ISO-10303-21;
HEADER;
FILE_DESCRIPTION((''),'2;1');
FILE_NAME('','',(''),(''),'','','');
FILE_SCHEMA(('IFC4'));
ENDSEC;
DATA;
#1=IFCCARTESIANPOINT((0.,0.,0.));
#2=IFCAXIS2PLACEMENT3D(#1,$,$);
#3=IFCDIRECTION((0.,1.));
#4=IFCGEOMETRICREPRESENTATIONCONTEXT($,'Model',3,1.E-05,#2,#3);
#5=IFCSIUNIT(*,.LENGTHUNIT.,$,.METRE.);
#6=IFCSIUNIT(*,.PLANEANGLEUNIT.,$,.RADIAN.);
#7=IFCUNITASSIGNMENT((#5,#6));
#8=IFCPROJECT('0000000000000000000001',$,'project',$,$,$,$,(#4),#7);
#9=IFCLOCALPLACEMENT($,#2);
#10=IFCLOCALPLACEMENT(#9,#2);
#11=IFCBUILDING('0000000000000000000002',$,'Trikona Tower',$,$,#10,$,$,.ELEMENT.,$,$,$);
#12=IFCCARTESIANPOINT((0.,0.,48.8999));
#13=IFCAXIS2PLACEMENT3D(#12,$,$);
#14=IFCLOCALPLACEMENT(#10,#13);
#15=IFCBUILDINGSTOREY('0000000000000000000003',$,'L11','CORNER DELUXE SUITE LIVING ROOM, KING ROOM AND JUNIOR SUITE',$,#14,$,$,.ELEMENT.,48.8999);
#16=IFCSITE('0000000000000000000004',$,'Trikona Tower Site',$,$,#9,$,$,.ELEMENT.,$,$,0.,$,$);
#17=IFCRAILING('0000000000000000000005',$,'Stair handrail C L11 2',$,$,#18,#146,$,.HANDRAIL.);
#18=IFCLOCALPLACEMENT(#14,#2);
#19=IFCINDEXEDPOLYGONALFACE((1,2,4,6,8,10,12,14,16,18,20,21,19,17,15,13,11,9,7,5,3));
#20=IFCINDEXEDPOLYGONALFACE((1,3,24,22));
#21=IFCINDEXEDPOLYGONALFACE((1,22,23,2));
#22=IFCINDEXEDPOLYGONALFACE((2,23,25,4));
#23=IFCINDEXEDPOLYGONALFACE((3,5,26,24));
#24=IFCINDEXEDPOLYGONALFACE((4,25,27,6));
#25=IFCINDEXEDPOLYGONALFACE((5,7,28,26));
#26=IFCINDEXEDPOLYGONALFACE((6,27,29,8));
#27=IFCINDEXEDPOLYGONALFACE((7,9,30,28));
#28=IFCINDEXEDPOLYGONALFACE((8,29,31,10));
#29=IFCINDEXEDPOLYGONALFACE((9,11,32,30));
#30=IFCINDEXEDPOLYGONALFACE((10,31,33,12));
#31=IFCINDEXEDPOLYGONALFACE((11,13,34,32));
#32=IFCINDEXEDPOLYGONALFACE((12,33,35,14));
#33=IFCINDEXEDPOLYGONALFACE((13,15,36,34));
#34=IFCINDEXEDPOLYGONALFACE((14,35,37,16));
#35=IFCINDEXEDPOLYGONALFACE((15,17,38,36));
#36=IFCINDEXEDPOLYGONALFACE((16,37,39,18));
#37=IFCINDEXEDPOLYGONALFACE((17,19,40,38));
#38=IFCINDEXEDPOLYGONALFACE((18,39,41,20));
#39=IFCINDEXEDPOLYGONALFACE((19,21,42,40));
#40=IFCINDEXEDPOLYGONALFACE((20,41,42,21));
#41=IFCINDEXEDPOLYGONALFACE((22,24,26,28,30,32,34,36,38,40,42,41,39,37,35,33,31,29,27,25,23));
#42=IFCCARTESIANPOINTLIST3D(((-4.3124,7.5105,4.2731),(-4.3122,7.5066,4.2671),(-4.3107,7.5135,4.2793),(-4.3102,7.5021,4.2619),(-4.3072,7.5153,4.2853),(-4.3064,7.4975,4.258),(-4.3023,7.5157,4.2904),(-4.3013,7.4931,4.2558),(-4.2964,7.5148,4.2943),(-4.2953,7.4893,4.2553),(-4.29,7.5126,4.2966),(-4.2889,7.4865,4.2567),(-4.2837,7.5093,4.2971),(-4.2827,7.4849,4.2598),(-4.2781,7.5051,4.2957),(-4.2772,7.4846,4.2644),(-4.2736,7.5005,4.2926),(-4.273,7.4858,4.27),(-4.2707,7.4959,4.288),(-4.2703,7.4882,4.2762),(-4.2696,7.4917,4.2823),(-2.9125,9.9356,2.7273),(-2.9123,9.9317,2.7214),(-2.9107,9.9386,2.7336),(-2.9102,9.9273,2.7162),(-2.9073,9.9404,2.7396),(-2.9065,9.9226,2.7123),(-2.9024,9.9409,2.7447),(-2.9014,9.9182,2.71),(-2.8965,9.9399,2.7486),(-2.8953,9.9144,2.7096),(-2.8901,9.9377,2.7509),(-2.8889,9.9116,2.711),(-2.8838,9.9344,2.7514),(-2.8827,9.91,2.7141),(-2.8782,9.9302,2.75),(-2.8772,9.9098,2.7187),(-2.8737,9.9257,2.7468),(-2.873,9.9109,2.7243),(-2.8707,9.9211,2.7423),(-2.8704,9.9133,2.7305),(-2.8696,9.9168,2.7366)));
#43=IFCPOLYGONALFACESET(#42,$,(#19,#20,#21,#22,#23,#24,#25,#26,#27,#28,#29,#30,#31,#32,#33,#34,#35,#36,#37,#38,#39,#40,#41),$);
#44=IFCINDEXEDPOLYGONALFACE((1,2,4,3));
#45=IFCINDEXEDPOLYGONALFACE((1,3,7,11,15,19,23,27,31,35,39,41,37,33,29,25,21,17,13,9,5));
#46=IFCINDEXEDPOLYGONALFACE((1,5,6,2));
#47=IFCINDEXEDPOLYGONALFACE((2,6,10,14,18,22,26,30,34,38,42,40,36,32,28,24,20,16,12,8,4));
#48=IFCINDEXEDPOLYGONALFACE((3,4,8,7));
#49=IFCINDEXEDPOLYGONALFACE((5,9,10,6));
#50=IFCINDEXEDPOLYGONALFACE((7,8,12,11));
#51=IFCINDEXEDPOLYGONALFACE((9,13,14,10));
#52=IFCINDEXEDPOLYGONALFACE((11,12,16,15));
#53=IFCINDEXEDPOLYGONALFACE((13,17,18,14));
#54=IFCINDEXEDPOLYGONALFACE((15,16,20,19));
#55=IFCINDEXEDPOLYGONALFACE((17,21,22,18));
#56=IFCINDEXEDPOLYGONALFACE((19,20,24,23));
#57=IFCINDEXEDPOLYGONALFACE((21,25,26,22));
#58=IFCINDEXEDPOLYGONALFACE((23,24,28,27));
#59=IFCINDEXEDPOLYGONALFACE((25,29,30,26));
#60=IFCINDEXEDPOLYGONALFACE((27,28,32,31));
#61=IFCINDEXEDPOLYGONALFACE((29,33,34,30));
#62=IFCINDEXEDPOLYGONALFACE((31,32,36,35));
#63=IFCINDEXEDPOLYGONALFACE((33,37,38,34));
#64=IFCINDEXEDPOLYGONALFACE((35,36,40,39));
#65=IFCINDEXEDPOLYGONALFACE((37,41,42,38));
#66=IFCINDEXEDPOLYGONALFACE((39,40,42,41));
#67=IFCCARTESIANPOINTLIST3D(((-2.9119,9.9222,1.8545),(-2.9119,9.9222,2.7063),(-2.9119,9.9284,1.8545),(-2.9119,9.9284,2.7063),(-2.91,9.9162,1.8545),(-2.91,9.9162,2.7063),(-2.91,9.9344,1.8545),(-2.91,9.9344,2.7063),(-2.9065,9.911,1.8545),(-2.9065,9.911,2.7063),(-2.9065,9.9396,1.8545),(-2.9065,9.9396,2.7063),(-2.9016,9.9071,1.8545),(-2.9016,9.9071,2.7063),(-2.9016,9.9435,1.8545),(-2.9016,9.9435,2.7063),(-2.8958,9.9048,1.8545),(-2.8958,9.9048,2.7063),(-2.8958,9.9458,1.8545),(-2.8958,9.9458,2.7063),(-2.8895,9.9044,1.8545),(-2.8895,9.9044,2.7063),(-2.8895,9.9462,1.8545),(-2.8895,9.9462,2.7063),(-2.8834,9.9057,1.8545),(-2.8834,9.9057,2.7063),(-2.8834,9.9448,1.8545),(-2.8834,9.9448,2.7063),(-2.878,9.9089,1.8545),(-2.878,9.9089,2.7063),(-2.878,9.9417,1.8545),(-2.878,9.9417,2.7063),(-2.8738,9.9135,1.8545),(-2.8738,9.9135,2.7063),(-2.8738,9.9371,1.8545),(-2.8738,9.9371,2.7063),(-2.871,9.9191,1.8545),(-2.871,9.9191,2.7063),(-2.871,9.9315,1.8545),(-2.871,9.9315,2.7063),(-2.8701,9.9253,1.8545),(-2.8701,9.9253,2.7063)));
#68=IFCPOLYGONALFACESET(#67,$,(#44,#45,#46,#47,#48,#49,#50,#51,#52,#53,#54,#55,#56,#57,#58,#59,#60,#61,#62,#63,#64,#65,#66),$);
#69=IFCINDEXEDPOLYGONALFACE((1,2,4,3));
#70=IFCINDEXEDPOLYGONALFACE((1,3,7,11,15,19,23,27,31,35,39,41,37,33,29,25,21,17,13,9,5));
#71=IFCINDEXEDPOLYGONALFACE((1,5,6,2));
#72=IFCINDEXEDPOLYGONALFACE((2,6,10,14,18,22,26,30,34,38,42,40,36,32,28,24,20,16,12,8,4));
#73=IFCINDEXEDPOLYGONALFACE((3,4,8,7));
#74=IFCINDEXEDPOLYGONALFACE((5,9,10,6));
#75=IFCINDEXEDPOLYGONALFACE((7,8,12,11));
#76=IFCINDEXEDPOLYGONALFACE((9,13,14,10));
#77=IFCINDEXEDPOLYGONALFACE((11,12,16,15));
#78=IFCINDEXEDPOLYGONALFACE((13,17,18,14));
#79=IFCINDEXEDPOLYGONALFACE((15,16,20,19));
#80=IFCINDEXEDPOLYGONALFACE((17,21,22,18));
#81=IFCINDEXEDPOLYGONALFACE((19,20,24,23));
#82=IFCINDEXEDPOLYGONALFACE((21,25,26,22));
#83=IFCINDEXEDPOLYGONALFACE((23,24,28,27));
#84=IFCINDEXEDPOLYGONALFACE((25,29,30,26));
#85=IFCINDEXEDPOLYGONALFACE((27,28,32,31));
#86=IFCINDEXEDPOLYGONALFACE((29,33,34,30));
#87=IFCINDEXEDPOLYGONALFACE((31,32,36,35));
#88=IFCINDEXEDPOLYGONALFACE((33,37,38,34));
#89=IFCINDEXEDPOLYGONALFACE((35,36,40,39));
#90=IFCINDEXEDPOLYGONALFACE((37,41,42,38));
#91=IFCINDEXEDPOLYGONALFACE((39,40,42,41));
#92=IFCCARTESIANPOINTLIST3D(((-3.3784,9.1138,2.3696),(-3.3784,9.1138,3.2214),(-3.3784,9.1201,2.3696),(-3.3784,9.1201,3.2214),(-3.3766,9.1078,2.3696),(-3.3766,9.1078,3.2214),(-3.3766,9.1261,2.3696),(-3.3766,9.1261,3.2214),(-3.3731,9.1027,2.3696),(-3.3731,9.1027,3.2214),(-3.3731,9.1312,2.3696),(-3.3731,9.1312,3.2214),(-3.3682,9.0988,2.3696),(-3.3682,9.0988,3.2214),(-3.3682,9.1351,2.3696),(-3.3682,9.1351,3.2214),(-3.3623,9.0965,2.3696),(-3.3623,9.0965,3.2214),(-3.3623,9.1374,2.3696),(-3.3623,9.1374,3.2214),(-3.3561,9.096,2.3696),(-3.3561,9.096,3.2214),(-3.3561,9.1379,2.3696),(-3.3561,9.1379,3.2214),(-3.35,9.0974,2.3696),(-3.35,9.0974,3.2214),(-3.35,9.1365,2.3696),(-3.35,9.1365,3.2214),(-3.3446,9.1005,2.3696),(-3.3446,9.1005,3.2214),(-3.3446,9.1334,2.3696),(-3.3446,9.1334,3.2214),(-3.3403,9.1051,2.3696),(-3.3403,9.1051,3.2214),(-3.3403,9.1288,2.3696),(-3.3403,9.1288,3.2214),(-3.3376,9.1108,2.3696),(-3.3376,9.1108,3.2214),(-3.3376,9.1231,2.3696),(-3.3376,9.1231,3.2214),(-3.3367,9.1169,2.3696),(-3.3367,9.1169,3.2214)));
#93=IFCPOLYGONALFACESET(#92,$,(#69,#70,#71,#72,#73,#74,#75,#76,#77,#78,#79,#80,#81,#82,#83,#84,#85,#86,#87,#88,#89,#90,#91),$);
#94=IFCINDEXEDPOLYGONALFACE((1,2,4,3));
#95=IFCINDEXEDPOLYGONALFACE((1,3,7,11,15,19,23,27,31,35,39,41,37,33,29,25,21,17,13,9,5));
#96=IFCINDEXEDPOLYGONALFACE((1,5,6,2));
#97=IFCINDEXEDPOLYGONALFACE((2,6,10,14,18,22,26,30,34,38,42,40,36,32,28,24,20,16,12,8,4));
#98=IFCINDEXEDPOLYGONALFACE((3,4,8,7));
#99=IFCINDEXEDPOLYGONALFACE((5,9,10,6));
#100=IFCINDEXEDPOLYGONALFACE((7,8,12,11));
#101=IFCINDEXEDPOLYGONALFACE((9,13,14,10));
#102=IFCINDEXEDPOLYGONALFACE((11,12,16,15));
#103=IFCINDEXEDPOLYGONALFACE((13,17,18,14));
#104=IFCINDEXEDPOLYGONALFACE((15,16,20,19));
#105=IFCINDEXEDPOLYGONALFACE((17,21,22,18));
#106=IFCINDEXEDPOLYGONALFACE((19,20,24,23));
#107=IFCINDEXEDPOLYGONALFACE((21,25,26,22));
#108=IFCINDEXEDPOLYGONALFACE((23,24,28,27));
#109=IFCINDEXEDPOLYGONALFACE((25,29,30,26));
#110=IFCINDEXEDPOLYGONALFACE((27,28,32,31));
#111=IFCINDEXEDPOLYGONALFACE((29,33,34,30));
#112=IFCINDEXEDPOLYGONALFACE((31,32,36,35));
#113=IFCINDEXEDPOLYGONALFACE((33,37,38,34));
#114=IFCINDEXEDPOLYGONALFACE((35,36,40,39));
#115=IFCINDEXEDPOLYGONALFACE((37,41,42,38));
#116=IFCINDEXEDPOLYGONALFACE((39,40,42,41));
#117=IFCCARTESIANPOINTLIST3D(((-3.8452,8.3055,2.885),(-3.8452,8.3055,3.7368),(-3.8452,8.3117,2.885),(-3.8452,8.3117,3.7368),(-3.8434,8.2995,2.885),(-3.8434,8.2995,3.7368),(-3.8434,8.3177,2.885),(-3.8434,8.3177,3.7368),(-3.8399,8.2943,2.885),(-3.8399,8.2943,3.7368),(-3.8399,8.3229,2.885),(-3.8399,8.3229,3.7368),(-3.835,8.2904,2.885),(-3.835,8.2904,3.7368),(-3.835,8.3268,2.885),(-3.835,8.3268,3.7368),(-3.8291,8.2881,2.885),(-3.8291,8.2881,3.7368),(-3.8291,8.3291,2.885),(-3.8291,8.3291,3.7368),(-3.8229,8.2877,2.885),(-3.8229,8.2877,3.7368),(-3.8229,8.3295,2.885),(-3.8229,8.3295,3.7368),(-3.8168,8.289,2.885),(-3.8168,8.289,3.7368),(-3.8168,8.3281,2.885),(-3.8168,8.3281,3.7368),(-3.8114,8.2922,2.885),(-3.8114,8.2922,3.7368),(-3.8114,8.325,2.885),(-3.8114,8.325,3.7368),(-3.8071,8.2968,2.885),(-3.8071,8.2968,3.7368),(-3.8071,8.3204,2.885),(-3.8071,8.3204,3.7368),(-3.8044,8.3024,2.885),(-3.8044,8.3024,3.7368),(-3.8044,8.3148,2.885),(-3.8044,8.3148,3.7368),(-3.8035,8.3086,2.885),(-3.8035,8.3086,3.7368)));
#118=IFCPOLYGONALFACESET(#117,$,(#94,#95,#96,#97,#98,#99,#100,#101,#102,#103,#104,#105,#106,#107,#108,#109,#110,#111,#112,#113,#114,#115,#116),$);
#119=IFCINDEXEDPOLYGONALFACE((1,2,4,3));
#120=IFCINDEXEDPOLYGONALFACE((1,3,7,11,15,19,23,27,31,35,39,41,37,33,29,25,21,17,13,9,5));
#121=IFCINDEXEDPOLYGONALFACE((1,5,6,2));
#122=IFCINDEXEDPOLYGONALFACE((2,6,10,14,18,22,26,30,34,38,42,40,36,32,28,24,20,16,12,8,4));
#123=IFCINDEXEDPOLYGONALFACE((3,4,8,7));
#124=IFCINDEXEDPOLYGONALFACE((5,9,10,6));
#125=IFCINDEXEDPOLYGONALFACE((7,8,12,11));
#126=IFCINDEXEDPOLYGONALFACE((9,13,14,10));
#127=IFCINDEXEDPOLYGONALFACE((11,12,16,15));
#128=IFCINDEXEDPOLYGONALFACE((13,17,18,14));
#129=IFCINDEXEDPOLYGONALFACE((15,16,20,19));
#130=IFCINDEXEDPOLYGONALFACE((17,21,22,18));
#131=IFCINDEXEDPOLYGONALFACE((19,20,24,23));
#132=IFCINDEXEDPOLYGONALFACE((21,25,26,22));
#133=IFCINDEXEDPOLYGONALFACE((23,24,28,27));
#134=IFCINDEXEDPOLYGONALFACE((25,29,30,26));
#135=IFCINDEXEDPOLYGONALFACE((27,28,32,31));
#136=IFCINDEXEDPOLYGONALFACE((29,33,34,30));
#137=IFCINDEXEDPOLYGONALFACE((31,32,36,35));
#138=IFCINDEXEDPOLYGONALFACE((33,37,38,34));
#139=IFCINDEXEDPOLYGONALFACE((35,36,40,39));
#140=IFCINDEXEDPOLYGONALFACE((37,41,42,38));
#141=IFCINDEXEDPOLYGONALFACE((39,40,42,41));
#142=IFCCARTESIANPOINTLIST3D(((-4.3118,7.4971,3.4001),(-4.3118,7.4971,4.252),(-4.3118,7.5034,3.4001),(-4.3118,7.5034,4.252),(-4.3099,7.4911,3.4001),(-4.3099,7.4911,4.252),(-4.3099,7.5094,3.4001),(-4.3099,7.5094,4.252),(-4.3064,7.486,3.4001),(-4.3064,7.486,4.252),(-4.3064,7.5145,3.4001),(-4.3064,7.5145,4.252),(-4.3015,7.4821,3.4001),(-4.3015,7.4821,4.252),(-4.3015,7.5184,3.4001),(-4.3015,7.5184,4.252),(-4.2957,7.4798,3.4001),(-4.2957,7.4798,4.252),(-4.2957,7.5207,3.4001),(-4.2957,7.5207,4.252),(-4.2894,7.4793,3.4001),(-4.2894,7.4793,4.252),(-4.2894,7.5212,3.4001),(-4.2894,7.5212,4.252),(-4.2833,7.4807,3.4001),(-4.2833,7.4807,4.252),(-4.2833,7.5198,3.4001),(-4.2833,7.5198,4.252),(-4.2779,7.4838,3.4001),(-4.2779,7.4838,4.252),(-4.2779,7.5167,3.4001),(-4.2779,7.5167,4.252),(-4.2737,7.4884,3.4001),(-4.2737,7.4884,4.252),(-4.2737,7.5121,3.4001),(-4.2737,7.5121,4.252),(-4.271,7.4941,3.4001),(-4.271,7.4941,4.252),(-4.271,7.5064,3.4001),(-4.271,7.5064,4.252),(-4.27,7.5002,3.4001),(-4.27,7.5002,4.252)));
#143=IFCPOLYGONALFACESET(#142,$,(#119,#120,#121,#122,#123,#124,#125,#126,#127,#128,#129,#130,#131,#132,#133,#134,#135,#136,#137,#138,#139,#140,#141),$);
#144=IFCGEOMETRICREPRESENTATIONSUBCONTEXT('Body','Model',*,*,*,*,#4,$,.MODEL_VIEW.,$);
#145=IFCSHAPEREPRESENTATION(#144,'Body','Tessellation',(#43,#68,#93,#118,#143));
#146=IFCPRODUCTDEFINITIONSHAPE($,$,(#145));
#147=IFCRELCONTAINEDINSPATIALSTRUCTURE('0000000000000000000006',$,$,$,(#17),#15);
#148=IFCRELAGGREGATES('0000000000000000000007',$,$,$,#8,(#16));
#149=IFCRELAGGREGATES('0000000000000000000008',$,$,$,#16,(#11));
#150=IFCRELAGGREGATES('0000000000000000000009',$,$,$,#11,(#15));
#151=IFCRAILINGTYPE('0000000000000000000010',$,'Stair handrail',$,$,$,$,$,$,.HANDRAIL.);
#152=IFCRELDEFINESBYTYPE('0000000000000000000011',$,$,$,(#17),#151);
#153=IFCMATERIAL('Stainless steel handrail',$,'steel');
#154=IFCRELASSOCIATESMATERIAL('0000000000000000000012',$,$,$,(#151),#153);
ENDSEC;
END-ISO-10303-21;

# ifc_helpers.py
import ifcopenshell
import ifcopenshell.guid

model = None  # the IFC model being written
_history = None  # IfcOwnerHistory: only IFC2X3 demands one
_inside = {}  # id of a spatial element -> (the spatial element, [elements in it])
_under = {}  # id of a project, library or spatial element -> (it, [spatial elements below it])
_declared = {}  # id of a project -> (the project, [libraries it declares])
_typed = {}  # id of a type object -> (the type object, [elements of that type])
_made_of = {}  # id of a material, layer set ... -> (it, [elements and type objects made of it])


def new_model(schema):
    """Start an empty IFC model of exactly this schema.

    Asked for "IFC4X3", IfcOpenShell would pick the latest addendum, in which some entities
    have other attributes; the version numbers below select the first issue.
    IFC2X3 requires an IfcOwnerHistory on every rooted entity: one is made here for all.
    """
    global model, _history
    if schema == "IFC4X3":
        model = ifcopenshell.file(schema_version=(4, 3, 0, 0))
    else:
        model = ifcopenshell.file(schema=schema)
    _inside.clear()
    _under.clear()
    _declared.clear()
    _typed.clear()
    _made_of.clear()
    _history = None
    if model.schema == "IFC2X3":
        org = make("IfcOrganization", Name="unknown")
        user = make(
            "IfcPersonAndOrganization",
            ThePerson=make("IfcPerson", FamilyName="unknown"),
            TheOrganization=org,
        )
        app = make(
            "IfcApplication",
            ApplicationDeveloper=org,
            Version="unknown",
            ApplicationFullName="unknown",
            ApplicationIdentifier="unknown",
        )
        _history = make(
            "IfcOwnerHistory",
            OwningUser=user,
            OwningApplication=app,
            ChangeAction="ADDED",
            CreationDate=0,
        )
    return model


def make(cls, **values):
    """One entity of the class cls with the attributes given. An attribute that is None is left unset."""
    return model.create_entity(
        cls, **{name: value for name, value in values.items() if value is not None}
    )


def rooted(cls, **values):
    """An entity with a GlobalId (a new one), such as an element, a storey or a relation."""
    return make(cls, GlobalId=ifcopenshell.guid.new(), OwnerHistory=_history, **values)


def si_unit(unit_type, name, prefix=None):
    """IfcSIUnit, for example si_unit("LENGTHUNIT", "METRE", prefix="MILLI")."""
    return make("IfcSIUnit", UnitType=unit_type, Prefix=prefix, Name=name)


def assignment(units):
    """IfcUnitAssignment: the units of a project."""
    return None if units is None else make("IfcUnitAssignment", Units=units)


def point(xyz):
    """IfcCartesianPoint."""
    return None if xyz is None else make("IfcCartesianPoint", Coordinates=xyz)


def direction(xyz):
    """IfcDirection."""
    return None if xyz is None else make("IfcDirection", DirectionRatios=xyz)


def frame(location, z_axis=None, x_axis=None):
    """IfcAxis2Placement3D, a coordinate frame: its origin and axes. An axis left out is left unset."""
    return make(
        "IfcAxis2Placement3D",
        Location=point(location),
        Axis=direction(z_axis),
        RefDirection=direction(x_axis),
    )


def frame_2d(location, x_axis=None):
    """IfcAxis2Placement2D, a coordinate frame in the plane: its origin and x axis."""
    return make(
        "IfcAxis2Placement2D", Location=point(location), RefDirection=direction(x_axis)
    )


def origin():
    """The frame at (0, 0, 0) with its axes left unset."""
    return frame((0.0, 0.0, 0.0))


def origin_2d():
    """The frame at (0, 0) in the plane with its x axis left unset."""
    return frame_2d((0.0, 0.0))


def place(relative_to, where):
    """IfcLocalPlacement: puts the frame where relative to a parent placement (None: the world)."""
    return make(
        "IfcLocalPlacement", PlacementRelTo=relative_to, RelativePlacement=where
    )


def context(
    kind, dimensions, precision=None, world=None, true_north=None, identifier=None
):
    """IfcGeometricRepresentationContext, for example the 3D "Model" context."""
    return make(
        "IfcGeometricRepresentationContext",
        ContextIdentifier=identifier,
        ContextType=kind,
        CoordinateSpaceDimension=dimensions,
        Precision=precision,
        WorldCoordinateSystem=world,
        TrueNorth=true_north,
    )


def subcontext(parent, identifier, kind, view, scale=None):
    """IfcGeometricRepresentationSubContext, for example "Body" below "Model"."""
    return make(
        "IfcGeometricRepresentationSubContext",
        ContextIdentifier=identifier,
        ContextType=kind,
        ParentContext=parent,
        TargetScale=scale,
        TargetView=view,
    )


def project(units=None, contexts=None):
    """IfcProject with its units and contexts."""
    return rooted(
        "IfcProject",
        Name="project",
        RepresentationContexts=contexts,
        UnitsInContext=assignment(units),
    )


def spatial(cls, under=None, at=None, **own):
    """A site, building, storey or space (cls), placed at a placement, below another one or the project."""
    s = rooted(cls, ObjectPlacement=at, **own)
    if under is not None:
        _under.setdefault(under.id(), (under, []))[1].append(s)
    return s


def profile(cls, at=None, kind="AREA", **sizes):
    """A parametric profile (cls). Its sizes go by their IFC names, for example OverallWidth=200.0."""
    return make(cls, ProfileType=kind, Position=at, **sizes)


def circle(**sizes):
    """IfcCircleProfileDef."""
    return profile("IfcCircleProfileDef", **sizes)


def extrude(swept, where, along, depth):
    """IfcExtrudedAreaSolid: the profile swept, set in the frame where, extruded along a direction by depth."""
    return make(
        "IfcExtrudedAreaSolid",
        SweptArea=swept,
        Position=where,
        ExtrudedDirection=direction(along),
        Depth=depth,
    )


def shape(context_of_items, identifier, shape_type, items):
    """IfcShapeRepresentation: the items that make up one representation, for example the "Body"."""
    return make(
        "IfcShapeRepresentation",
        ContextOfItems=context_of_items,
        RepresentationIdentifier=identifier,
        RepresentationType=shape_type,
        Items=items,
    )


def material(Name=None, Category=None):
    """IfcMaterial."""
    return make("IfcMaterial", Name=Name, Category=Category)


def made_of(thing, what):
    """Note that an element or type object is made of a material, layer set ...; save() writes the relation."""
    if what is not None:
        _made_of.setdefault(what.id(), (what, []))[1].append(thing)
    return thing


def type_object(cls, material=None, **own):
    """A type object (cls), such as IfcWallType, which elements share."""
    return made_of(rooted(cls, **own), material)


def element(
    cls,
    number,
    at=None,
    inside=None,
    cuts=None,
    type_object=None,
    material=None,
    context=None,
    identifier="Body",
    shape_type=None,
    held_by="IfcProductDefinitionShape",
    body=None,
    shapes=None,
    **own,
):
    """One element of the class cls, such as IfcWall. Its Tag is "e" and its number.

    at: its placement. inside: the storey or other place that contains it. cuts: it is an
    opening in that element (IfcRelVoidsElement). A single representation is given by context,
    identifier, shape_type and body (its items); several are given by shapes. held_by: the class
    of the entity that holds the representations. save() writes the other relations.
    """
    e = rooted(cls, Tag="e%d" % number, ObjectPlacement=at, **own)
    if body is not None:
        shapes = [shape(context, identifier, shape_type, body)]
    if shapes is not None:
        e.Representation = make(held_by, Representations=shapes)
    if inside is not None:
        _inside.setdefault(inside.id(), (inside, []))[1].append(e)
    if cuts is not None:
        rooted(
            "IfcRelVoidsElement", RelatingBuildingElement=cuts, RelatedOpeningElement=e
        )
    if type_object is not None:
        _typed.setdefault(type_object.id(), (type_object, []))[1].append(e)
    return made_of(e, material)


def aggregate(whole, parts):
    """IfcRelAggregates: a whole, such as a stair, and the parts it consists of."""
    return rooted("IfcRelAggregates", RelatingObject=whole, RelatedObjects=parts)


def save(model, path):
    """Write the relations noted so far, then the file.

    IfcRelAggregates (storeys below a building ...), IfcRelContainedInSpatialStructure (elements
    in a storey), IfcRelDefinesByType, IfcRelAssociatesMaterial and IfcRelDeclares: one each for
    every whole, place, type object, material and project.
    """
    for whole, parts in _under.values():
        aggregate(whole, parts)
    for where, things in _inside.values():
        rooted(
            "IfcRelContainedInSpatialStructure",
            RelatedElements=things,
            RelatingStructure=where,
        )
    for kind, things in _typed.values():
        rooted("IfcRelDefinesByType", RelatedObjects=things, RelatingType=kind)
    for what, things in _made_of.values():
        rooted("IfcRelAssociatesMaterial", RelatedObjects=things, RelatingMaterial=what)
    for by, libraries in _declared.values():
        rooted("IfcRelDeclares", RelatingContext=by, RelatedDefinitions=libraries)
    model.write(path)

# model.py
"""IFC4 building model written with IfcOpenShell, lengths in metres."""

from ifc_helpers import new_model, si_unit, direction, frame, origin, origin_2d, place, context, subcontext, project, spatial, circle, extrude, material, type_object, element, save


model = new_model("IFC4")

# Units and contexts
model_context = context("Model", 3, precision=1e-05, world=origin(), true_north=direction((0.0, 1.0)))
body_context = subcontext(model_context, "Body", "Model", "MODEL_VIEW")
ifc_project = project(units=[si_unit("LENGTHUNIT", "METRE"), si_unit("PLANEANGLEUNIT", "RADIAN")], contexts=[model_context])

# Site, building, storey
site_placement = place(None, origin())
site = spatial("IfcSite", under=ifc_project, at=site_placement, Name="Trikona Tower Site", CompositionType="ELEMENT", RefElevation=0.0)
building_placement = place(site_placement, origin())
building = spatial("IfcBuilding", under=site, at=building_placement, Name="Trikona Tower", CompositionType="ELEMENT")
storey_placement = place(building_placement, frame((0.0, 0.0, 48.8999)))
storey = spatial("IfcBuildingStorey", under=building, at=storey_placement, Name="L11", Description="CORNER DELUXE SUITE LIVING ROOM, KING ROOM AND JUNIOR SUITE", CompositionType="ELEMENT", Elevation=48.8999)

# Railing
ifc_material_1 = material(Name="Stainless steel handrail", Category="steel")
railing_type = type_object("IfcRailingType", Name="Stair handrail", PredefinedType="HANDRAIL", material=ifc_material_1)
railing_1_placement = place(storey_placement, frame((-2.8911, 9.9253, 1.8545)))
element("IfcRailing", 1, at=railing_1_placement, inside=storey, type_object=railing_type, Name="Stair handrail C L11 2", PredefinedType="HANDRAIL", context=body_context, shape_type="SweptSolid", body=[
    extrude(circle(Radius=0.0239, at=origin_2d()), frame((0.0, 0.0, 0.876), z_axis=(-0.437691, -0.758212, 0.483262), x_axis=(0.866056, -0.499946, 0.0)), (0.0, 0.0, 1.0), 3.1985),
    extrude(circle(Radius=0.021, at=origin_2d()), origin(), (0.0, 0.0, 1.0), 0.8518),
    extrude(circle(Radius=0.021, at=origin_2d()), frame((-0.4666, -0.8083, 0.5151)), (0.0, 0.0, 1.0), 0.8518),
    extrude(circle(Radius=0.021, at=origin_2d()), frame((-0.9333, -1.6167, 1.0305)), (0.0, 0.0, 1.0), 0.8518),
    extrude(circle(Radius=0.021, at=origin_2d()), frame((-1.3999, -2.425, 1.5457)), (0.0, 0.0, 1.0), 0.8518),
])

save(model, "model.ifc")
